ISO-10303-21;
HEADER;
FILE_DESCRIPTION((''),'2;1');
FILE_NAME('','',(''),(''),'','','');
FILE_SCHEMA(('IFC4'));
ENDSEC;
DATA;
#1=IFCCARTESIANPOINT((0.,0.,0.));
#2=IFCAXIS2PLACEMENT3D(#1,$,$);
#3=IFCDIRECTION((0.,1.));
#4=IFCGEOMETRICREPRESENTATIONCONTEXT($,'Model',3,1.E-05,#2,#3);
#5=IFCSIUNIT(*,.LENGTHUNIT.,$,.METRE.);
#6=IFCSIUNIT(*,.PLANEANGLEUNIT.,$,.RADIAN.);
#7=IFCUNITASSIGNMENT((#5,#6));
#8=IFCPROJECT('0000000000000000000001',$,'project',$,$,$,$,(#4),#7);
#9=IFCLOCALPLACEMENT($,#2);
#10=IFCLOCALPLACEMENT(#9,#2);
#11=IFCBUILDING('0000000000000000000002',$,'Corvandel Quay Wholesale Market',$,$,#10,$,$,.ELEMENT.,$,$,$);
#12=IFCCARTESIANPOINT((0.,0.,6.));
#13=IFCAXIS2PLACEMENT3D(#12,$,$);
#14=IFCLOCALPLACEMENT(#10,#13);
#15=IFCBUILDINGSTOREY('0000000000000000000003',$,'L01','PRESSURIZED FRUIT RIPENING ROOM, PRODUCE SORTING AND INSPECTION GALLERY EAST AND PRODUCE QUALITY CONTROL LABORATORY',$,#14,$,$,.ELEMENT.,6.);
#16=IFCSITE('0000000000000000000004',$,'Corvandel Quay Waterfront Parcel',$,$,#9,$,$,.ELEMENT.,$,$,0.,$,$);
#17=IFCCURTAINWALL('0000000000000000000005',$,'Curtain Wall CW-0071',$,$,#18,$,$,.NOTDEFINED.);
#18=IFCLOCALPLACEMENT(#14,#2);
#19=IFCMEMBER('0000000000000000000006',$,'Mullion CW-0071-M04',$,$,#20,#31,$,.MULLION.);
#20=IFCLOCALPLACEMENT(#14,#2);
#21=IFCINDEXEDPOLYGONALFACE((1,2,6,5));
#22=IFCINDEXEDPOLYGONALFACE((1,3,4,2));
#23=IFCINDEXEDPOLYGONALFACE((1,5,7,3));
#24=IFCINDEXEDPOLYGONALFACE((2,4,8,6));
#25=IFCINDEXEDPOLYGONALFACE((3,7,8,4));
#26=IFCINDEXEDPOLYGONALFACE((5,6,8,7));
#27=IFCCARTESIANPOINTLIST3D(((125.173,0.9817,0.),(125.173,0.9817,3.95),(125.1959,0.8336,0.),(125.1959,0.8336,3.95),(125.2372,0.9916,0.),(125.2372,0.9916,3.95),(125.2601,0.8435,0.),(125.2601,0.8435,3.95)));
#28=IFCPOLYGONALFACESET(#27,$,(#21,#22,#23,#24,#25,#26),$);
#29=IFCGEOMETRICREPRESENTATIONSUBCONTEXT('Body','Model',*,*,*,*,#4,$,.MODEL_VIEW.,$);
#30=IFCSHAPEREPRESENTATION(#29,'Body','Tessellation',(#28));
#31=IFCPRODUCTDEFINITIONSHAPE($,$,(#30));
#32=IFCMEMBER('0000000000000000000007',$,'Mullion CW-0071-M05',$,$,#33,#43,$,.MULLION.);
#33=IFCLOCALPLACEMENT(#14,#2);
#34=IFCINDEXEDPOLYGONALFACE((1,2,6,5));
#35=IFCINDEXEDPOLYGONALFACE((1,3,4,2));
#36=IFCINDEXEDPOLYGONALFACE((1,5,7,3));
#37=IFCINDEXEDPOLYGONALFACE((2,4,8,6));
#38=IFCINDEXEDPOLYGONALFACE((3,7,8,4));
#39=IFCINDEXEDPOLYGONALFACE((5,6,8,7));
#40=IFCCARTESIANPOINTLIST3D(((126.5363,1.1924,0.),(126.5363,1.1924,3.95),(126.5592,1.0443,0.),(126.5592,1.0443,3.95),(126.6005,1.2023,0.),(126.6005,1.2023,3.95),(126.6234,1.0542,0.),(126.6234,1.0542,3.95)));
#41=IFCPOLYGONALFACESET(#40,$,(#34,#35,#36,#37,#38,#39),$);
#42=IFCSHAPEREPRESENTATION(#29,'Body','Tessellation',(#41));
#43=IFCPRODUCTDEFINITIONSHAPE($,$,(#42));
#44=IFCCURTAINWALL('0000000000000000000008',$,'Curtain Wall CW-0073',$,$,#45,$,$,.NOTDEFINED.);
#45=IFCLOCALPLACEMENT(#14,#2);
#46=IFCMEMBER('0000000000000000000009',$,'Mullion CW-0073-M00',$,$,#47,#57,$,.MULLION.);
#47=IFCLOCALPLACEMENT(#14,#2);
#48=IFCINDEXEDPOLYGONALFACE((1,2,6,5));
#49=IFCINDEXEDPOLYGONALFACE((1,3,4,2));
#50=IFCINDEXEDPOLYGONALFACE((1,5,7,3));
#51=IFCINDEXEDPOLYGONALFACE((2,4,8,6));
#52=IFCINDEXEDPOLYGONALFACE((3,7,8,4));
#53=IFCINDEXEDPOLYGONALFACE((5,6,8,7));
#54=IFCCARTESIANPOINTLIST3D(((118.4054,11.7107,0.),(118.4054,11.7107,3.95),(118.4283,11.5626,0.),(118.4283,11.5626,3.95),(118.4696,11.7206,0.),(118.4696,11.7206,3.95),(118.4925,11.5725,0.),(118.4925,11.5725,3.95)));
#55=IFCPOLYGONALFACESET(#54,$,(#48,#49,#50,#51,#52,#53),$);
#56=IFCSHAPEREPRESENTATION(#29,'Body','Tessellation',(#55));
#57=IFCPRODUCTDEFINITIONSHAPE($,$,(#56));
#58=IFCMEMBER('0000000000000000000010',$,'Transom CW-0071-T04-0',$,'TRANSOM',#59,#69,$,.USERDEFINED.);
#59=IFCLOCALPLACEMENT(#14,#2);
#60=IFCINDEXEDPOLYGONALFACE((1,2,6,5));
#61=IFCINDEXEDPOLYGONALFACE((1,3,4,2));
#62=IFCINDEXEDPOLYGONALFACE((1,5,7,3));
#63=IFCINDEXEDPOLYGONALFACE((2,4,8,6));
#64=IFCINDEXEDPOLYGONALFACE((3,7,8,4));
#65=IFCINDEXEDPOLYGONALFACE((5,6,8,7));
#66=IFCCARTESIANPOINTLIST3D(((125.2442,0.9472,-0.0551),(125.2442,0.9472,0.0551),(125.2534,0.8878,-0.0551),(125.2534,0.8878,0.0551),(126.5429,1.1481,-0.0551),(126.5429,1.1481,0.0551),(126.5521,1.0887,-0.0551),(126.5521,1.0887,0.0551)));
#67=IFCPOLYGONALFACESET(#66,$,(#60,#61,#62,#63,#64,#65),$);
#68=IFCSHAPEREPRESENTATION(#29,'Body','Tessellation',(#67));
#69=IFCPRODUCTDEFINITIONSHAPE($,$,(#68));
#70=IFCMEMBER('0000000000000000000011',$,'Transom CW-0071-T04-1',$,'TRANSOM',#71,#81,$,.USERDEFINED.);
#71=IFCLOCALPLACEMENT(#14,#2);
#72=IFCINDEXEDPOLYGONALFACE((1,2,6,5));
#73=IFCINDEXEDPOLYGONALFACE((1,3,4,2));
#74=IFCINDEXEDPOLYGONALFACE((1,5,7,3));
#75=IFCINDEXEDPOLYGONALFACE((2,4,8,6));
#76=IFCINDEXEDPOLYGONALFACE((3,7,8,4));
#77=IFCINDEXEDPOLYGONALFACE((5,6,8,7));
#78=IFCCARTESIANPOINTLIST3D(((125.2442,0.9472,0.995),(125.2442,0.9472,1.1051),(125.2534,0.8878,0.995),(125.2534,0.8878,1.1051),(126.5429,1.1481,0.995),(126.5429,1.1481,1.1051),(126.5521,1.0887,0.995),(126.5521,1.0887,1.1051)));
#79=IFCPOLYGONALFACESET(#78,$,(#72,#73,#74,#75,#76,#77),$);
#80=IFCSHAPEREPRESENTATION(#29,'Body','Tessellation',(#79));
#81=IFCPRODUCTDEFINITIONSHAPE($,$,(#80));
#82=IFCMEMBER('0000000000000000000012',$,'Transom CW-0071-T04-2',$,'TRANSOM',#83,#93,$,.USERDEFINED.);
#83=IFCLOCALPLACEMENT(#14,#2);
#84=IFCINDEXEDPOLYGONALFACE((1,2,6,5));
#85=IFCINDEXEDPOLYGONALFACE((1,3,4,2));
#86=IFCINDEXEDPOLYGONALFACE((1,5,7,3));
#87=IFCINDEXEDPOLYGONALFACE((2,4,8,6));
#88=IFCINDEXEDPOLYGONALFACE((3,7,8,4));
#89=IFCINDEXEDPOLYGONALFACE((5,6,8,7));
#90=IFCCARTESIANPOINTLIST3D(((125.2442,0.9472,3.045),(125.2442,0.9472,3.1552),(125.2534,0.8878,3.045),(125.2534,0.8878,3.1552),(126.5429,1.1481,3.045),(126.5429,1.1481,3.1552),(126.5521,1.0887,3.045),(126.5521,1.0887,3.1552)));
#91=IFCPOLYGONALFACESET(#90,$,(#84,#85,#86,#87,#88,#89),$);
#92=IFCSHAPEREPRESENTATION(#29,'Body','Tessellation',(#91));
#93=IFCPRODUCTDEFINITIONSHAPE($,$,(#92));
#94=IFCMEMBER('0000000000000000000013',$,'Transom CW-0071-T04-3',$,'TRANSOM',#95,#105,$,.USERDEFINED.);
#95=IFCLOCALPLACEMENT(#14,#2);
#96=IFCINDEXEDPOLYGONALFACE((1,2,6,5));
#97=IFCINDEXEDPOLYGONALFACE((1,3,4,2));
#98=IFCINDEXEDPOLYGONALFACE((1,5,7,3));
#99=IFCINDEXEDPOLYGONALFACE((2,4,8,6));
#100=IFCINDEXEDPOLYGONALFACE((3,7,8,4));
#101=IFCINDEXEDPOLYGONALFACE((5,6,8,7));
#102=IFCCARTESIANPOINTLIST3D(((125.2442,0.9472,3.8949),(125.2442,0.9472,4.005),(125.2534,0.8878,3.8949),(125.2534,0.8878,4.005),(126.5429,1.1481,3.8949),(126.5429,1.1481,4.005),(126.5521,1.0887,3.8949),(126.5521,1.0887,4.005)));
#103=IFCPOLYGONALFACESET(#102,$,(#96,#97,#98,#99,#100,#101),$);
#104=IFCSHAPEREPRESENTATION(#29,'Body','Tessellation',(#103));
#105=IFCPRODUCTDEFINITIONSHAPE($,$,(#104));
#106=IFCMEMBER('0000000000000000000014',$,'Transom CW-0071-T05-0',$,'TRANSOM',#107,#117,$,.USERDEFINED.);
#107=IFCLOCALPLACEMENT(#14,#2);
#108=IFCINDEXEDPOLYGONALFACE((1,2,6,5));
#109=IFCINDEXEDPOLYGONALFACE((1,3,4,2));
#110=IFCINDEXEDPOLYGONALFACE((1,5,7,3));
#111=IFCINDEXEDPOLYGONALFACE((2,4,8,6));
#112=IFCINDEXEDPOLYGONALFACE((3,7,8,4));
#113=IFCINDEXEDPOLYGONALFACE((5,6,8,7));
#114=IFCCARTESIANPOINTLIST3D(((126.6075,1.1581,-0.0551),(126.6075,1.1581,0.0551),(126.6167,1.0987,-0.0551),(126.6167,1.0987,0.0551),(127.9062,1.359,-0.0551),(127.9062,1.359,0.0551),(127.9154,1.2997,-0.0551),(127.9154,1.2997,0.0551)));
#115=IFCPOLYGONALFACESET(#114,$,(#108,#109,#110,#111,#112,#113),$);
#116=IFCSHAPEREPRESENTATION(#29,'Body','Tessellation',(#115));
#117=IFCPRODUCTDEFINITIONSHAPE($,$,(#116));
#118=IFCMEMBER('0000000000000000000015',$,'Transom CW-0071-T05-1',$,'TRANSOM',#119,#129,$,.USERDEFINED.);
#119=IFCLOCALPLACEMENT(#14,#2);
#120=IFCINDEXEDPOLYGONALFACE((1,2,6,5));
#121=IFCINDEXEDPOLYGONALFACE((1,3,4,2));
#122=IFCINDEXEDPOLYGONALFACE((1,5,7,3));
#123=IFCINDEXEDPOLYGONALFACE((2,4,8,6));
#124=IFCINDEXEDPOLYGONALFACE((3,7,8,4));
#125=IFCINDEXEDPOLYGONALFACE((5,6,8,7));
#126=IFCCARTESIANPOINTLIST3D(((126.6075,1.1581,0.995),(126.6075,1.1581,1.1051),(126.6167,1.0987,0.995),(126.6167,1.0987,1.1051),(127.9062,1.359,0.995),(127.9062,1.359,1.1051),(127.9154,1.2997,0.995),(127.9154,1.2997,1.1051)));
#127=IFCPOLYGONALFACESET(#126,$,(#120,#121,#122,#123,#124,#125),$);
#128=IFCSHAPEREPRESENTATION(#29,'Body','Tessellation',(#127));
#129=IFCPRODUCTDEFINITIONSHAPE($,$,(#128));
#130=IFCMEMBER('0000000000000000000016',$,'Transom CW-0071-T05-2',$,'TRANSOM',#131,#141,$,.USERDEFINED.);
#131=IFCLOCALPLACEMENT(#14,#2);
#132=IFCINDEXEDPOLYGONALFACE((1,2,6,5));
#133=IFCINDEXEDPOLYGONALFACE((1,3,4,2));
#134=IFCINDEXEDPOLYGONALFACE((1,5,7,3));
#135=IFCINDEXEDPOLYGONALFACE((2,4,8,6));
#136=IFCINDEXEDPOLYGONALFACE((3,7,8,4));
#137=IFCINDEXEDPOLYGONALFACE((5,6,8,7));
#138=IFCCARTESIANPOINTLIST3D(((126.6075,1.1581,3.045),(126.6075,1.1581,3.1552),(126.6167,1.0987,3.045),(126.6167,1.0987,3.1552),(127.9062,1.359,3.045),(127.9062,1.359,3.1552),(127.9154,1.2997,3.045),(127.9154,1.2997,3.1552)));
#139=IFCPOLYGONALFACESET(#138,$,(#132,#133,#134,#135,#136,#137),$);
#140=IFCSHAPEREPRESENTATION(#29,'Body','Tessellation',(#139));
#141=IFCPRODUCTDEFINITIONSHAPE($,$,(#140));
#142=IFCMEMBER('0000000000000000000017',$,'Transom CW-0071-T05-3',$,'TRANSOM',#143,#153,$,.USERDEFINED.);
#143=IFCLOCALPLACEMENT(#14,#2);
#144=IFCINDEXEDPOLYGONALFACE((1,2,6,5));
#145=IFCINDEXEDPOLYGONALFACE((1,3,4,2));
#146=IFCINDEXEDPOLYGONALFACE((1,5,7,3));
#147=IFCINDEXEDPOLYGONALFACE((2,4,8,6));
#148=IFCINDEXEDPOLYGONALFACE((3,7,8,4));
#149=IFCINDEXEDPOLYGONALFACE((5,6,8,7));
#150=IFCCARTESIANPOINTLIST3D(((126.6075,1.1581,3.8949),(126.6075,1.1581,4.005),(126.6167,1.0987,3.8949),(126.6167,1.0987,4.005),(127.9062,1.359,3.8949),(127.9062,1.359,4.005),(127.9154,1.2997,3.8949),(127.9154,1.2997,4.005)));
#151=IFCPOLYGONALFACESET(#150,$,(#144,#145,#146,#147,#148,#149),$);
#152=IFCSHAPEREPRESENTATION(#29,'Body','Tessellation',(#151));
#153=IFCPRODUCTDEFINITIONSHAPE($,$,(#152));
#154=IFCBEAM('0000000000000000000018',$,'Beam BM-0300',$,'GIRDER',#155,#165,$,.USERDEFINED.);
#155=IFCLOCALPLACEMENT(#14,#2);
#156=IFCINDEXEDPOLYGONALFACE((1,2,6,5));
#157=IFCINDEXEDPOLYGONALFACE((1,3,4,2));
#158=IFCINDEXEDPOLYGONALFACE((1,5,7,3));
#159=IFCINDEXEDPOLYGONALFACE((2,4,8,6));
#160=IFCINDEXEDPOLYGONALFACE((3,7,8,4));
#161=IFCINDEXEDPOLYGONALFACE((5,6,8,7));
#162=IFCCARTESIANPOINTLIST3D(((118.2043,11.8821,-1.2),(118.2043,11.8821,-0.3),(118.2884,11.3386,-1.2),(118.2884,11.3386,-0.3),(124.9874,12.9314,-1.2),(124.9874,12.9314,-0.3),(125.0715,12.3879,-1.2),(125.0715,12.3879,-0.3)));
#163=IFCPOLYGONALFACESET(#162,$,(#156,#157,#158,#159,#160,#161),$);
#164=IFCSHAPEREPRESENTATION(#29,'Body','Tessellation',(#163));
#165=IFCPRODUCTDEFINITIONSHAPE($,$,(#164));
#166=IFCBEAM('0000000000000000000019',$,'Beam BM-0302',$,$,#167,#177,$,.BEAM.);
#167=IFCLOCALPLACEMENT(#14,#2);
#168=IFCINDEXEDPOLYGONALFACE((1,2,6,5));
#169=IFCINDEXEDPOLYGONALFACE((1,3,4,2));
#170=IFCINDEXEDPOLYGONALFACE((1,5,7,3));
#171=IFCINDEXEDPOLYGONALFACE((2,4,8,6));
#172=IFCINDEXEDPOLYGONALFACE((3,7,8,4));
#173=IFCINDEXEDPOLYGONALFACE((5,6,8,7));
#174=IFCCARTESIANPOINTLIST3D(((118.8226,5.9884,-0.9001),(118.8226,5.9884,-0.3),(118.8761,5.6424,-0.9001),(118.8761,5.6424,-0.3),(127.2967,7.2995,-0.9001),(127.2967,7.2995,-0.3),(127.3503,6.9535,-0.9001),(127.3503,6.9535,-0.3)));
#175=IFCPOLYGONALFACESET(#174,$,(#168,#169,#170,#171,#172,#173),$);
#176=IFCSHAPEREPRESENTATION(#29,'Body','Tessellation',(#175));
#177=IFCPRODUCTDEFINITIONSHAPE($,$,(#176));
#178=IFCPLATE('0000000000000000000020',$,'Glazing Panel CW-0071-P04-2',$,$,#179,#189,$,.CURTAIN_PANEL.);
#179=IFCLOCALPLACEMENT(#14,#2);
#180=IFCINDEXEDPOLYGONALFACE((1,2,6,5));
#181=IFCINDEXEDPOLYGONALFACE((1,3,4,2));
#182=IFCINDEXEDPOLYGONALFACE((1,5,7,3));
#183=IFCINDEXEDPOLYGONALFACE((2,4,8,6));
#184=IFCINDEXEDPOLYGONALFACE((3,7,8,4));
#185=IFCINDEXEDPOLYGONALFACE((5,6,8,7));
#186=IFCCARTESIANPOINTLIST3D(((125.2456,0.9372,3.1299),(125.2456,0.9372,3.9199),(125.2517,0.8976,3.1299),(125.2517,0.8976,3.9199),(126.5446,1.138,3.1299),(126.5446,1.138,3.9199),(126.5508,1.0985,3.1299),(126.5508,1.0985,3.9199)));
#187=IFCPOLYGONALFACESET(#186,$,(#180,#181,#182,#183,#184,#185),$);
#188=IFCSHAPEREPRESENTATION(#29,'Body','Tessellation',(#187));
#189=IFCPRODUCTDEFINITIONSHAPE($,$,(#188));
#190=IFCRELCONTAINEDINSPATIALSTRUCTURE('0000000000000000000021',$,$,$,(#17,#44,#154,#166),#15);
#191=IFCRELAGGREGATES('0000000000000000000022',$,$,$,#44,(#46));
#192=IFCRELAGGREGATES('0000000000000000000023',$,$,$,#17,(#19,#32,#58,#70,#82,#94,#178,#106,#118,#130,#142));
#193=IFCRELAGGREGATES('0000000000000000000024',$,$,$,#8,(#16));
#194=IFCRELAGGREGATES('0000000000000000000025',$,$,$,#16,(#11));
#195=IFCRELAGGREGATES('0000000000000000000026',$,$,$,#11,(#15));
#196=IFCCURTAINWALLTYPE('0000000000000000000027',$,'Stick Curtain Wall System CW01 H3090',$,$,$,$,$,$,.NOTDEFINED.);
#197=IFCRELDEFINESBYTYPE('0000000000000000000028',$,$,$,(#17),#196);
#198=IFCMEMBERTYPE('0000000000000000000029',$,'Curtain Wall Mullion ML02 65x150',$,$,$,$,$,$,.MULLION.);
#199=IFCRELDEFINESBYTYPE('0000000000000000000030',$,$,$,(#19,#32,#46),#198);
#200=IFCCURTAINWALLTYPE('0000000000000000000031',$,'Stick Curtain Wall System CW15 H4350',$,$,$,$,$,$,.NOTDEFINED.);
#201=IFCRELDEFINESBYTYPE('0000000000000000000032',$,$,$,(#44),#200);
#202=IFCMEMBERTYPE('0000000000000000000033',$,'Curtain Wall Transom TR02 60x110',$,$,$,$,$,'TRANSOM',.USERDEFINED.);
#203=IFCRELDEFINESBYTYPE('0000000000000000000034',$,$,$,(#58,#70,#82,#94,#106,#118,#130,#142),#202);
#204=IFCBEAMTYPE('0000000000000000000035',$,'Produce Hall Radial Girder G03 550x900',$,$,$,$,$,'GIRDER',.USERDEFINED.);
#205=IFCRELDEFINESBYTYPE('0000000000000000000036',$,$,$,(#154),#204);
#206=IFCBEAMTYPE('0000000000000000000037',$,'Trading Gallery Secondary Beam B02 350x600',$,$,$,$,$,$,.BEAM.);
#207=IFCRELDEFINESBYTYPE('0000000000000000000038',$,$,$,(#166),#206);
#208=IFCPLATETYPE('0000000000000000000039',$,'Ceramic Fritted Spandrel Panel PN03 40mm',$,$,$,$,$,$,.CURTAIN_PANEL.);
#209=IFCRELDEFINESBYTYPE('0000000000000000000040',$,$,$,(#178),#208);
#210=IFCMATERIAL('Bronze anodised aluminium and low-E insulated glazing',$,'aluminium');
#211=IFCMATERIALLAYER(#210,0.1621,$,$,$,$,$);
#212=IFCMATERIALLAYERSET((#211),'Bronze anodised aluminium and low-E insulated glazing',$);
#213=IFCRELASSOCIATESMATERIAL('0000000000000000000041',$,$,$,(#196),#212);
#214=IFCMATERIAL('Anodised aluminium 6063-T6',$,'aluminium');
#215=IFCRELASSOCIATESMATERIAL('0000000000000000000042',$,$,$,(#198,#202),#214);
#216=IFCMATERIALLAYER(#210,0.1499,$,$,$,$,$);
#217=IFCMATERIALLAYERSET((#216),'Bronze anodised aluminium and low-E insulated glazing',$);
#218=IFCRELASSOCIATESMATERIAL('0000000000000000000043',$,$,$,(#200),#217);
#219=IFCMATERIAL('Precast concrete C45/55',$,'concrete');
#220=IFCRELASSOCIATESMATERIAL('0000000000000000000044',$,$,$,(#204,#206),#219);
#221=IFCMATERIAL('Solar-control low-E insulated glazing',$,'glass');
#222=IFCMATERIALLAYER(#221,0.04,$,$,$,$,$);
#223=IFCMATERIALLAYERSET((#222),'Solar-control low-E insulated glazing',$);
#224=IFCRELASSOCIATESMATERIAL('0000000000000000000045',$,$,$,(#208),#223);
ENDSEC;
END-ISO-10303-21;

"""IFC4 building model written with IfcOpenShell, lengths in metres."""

from ifc_helpers import new_model, si_unit, direction, frame, origin, origin_2d, place, context, subcontext, project, spatial, rectangle, extrude, material, layer, layer_set, material_profile, profile_set, type_object, element, aggregate, save


model = new_model("IFC4")

# Units and contexts
model_context = context("Model", 3, precision=1e-05, world=origin(), true_north=direction((0.0, 1.0)))
body_context = subcontext(model_context, "Body", "Model", "MODEL_VIEW")
ifc_project = project(units=[si_unit("LENGTHUNIT", "METRE"), si_unit("PLANEANGLEUNIT", "RADIAN")], contexts=[model_context])

# Site, building, storey
site_placement = place(None, origin())
site = spatial("IfcSite", under=ifc_project, at=site_placement, Name="Corvandel Quay Waterfront Parcel", CompositionType="ELEMENT", RefElevation=0.0)
building_placement = place(site_placement, origin())
building = spatial("IfcBuilding", under=site, at=building_placement, Name="Corvandel Quay Wholesale Market", CompositionType="ELEMENT")
storey_placement = place(building_placement, frame((0.0, 0.0, 6.0)))
storey = spatial("IfcBuildingStorey", under=building, at=storey_placement, Name="L01", Description="PRESSURIZED FRUIT RIPENING ROOM, PRODUCE SORTING AND INSPECTION GALLERY EAST AND PRODUCE QUALITY CONTROL LABORATORY", CompositionType="ELEMENT", Elevation=6.0)

# Curtain wall, members
ifc_material_1 = material(Name="Bronze anodised aluminium and low-E insulated glazing", Category="aluminium")
ifc_layer_1 = layer(ifc_material_1, 0.1621)
ifc_layer_set_1 = layer_set([ifc_layer_1], Name="Bronze anodised aluminium and low-E insulated glazing")
curtain_wall_type_1 = type_object("IfcCurtainWallType", Name="Stick Curtain Wall System CW01 H3090", PredefinedType="NOTDEFINED", material=ifc_layer_set_1)
curtain_wall_1_placement = place(storey_placement, origin())
curtain_wall_1 = element("IfcCurtainWall", 1, at=curtain_wall_1_placement, inside=storey, type_object=curtain_wall_type_1, Name="Curtain Wall CW-0071", PredefinedType="NOTDEFINED")
ifc_material_2 = material(Name="Anodised aluminium 6063-T6", Category="aluminium")
ifc_material_profile_1 = material_profile(ifc_material_2, rectangle(XDim=0.0649, YDim=0.1499, at=origin_2d()), Name="ALU-MUL-65x150")
ifc_profile_set_1 = profile_set([ifc_material_profile_1], Name="Anodised aluminium 6063-T6")
member_type_1 = type_object("IfcMemberType", Name="Curtain Wall Mullion ML02 65x150", PredefinedType="MULLION", material=ifc_profile_set_1)
member_1_placement = place(storey_placement, frame((125.2166, 0.9126, 0.0), z_axis=(0.0, 0.0, 1.0), x_axis=(0.988255, 0.152813, 0.0)))
member_1 = element("IfcMember", 2, at=member_1_placement, type_object=member_type_1, Name="Mullion CW-0071-M04", PredefinedType="MULLION", context=body_context, shape_type="SweptSolid", body=[
    extrude(rectangle(XDim=0.0649, YDim=0.1499, at=origin_2d()), origin(), (0.0, 0.0, 1.0), 3.95),
])
member_2_placement = place(storey_placement, frame((126.5798, 1.1233, 0.0), z_axis=(0.0, 0.0, 1.0), x_axis=(0.988255, 0.152813, 0.0)))
member_2 = element("IfcMember", 3, at=member_2_placement, type_object=member_type_1, Name="Mullion CW-0071-M05", PredefinedType="MULLION", context=body_context, shape_type="SweptSolid", body=[
    extrude(rectangle(XDim=0.0649, YDim=0.1499, at=origin_2d()), origin(), (0.0, 0.0, 1.0), 3.95),
])

# Curtain wall, member
ifc_layer_2 = layer(ifc_material_1, 0.1499)
ifc_layer_set_2 = layer_set([ifc_layer_2], Name="Bronze anodised aluminium and low-E insulated glazing")
curtain_wall_type_2 = type_object("IfcCurtainWallType", Name="Stick Curtain Wall System CW15 H4350", PredefinedType="NOTDEFINED", material=ifc_layer_set_2)
curtain_wall_2_placement = place(storey_placement, origin())
curtain_wall_2 = element("IfcCurtainWall", 4, at=curtain_wall_2_placement, inside=storey, type_object=curtain_wall_type_2, Name="Curtain Wall CW-0073", PredefinedType="NOTDEFINED")
member_3_placement = place(storey_placement, frame((118.449, 11.6416, 0.0), z_axis=(0.0, 0.0, 1.0), x_axis=(0.988255, 0.152813, 0.0)))
member_3 = element("IfcMember", 5, at=member_3_placement, type_object=member_type_1, Name="Mullion CW-0073-M00", PredefinedType="MULLION", context=body_context, shape_type="SweptSolid", body=[
    extrude(rectangle(XDim=0.0649, YDim=0.1499, at=origin_2d()), origin(), (0.0, 0.0, 1.0), 3.95),
])
aggregate(curtain_wall_2, [member_3])

# Members
ifc_material_profile_2 = material_profile(ifc_material_2, rectangle(XDim=0.0601, YDim=0.1101, at=origin_2d()), Name="ALU-TRN-60x110")
ifc_profile_set_2 = profile_set([ifc_material_profile_2], Name="Anodised aluminium 6063-T6")
member_type_2 = type_object("IfcMemberType", Name="Curtain Wall Transom TR02 60x110", ElementType="TRANSOM", PredefinedType="USERDEFINED", material=ifc_profile_set_2)
member_4_placement = place(storey_placement, frame((125.2488, 0.9175, 0.0), z_axis=(0.988245, 0.152881, 0.0), x_axis=(-0.152881, 0.988245, 0.0)))
member_4 = element("IfcMember", 6, at=member_4_placement, type_object=member_type_2, Name="Transom CW-0071-T04-0", ObjectType="TRANSOM", PredefinedType="USERDEFINED", context=body_context, shape_type="SweptSolid", body=[
    extrude(rectangle(XDim=0.0601, YDim=0.1101, at=origin_2d()), origin(), (0.0, 0.0, 1.0), 1.3142),
])
member_5_placement = place(storey_placement, frame((125.2488, 0.9175, 1.05), z_axis=(0.988245, 0.152881, 0.0), x_axis=(-0.152881, 0.988245, 0.0)))
member_5 = element("IfcMember", 7, at=member_5_placement, type_object=member_type_2, Name="Transom CW-0071-T04-1", ObjectType="TRANSOM", PredefinedType="USERDEFINED", context=body_context, shape_type="SweptSolid", body=[
    extrude(rectangle(XDim=0.0601, YDim=0.1101, at=origin_2d()), origin(), (0.0, 0.0, 1.0), 1.3142),
])
member_6_placement = place(storey_placement, frame((125.2488, 0.9175, 3.1001), z_axis=(0.988245, 0.152881, 0.0), x_axis=(-0.152881, 0.988245, 0.0)))
member_6 = element("IfcMember", 8, at=member_6_placement, type_object=member_type_2, Name="Transom CW-0071-T04-2", ObjectType="TRANSOM", PredefinedType="USERDEFINED", context=body_context, shape_type="SweptSolid", body=[
    extrude(rectangle(XDim=0.0601, YDim=0.1101, at=origin_2d()), origin(), (0.0, 0.0, 1.0), 1.3142),
])
member_7_placement = place(storey_placement, frame((125.2488, 0.9175, 3.95), z_axis=(0.988245, 0.152881, 0.0), x_axis=(-0.152881, 0.988245, 0.0)))
member_7 = element("IfcMember", 9, at=member_7_placement, type_object=member_type_2, Name="Transom CW-0071-T04-3", ObjectType="TRANSOM", PredefinedType="USERDEFINED", context=body_context, shape_type="SweptSolid", body=[
    extrude(rectangle(XDim=0.0601, YDim=0.1101, at=origin_2d()), origin(), (0.0, 0.0, 1.0), 1.3142),
])
member_8_placement = place(storey_placement, frame((126.6121, 1.1284, 0.0), z_axis=(0.988245, 0.152881, 0.0), x_axis=(-0.152881, 0.988245, 0.0)))
member_8 = element("IfcMember", 10, at=member_8_placement, type_object=member_type_2, Name="Transom CW-0071-T05-0", ObjectType="TRANSOM", PredefinedType="USERDEFINED", context=body_context, shape_type="SweptSolid", body=[
    extrude(rectangle(XDim=0.0601, YDim=0.1101, at=origin_2d()), origin(), (0.0, 0.0, 1.0), 1.3142),
])
member_9_placement = place(storey_placement, frame((126.6121, 1.1284, 1.05), z_axis=(0.988245, 0.152881, 0.0), x_axis=(-0.152881, 0.988245, 0.0)))
member_9 = element("IfcMember", 11, at=member_9_placement, type_object=member_type_2, Name="Transom CW-0071-T05-1", ObjectType="TRANSOM", PredefinedType="USERDEFINED", context=body_context, shape_type="SweptSolid", body=[
    extrude(rectangle(XDim=0.0601, YDim=0.1101, at=origin_2d()), origin(), (0.0, 0.0, 1.0), 1.3142),
])
member_10_placement = place(storey_placement, frame((126.6121, 1.1284, 3.1001), z_axis=(0.988245, 0.152881, 0.0), x_axis=(-0.152881, 0.988245, 0.0)))
member_10 = element("IfcMember", 12, at=member_10_placement, type_object=member_type_2, Name="Transom CW-0071-T05-2", ObjectType="TRANSOM", PredefinedType="USERDEFINED", context=body_context, shape_type="SweptSolid", body=[
    extrude(rectangle(XDim=0.0601, YDim=0.1101, at=origin_2d()), origin(), (0.0, 0.0, 1.0), 1.3142),
])
member_11_placement = place(storey_placement, frame((126.6121, 1.1284, 3.95), z_axis=(0.988245, 0.152881, 0.0), x_axis=(-0.152881, 0.988245, 0.0)))
member_11 = element("IfcMember", 13, at=member_11_placement, type_object=member_type_2, Name="Transom CW-0071-T05-3", ObjectType="TRANSOM", PredefinedType="USERDEFINED", context=body_context, shape_type="SweptSolid", body=[
    extrude(rectangle(XDim=0.0601, YDim=0.1101, at=origin_2d()), origin(), (0.0, 0.0, 1.0), 1.3142),
])

# Beams
ifc_material_3 = material(Name="Precast concrete C45/55", Category="concrete")
ifc_material_profile_3 = material_profile(ifc_material_3, rectangle(XDim=0.55, YDim=0.8999, at=origin_2d()), Name="PC-GIR-550x900")
ifc_profile_set_3 = profile_set([ifc_material_profile_3], Name="Precast concrete C45/55")
beam_type_1 = type_object("IfcBeamType", Name="Produce Hall Radial Girder G03 550x900", ElementType="GIRDER", PredefinedType="USERDEFINED", material=ifc_profile_set_3)
beam_1_placement = place(storey_placement, frame((118.2463, 11.6104, -0.75), z_axis=(0.988246, 0.152875, 0.0), x_axis=(-0.152875, 0.988246, 0.0)))
element("IfcBeam", 14, at=beam_1_placement, inside=storey, type_object=beam_type_1, Name="Beam BM-0300", ObjectType="GIRDER", PredefinedType="USERDEFINED", context=body_context, shape_type="SweptSolid", body=[
    extrude(rectangle(XDim=0.55, YDim=0.8999, at=origin_2d()), origin(), (0.0, 0.0, 1.0), 6.8638),
])
ifc_material_profile_4 = material_profile(ifc_material_3, rectangle(XDim=0.3501, YDim=0.6001, at=origin_2d()), Name="PC-BM-350x600")
ifc_profile_set_4 = profile_set([ifc_material_profile_4], Name="Precast concrete C45/55")
beam_type_2 = type_object("IfcBeamType", Name="Trading Gallery Secondary Beam B02 350x600", PredefinedType="BEAM", material=ifc_profile_set_4)
beam_2_placement = place(storey_placement, frame((118.8494, 5.8154, -0.6001), z_axis=(0.988243, 0.152892, 0.0), x_axis=(-0.152892, 0.988243, 0.0)))
element("IfcBeam", 15, at=beam_2_placement, inside=storey, type_object=beam_type_2, Name="Beam BM-0302", PredefinedType="BEAM", context=body_context, shape_type="SweptSolid", body=[
    extrude(rectangle(XDim=0.3501, YDim=0.6001, at=origin_2d()), origin(), (0.0, 0.0, 1.0), 8.575),
])

# Plate
ifc_material_4 = material(Name="Solar-control low-E insulated glazing", Category="glass")
ifc_layer_3 = layer(ifc_material_4, 0.04)
ifc_layer_set_3 = layer_set([ifc_layer_3], Name="Solar-control low-E insulated glazing")
plate_type_1 = type_object("IfcPlateType", Name="Ceramic Fritted Spandrel Panel PN03 40mm", PredefinedType="CURTAIN_PANEL", material=ifc_layer_set_3)
plate_1_placement = place(storey_placement, frame((125.8982, 1.0178, 3.1299), z_axis=(0.0, 0.0, 1.0), x_axis=(0.988255, 0.152813, 0.0)))
plate_1 = element("IfcPlate", 16, at=plate_1_placement, type_object=plate_type_1, Name="Glazing Panel CW-0071-P04-2", PredefinedType="CURTAIN_PANEL", context=body_context, shape_type="SweptSolid", body=[
    extrude(rectangle(XDim=1.3145, YDim=0.04, at=origin_2d()), origin(), (0.0, 0.0, 1.0), 0.79),
])
aggregate(curtain_wall_1, [member_1, member_2, member_4, member_5, member_6, member_7, plate_1, member_8, member_9, member_10, member_11])

save(model, "model.ifc")
